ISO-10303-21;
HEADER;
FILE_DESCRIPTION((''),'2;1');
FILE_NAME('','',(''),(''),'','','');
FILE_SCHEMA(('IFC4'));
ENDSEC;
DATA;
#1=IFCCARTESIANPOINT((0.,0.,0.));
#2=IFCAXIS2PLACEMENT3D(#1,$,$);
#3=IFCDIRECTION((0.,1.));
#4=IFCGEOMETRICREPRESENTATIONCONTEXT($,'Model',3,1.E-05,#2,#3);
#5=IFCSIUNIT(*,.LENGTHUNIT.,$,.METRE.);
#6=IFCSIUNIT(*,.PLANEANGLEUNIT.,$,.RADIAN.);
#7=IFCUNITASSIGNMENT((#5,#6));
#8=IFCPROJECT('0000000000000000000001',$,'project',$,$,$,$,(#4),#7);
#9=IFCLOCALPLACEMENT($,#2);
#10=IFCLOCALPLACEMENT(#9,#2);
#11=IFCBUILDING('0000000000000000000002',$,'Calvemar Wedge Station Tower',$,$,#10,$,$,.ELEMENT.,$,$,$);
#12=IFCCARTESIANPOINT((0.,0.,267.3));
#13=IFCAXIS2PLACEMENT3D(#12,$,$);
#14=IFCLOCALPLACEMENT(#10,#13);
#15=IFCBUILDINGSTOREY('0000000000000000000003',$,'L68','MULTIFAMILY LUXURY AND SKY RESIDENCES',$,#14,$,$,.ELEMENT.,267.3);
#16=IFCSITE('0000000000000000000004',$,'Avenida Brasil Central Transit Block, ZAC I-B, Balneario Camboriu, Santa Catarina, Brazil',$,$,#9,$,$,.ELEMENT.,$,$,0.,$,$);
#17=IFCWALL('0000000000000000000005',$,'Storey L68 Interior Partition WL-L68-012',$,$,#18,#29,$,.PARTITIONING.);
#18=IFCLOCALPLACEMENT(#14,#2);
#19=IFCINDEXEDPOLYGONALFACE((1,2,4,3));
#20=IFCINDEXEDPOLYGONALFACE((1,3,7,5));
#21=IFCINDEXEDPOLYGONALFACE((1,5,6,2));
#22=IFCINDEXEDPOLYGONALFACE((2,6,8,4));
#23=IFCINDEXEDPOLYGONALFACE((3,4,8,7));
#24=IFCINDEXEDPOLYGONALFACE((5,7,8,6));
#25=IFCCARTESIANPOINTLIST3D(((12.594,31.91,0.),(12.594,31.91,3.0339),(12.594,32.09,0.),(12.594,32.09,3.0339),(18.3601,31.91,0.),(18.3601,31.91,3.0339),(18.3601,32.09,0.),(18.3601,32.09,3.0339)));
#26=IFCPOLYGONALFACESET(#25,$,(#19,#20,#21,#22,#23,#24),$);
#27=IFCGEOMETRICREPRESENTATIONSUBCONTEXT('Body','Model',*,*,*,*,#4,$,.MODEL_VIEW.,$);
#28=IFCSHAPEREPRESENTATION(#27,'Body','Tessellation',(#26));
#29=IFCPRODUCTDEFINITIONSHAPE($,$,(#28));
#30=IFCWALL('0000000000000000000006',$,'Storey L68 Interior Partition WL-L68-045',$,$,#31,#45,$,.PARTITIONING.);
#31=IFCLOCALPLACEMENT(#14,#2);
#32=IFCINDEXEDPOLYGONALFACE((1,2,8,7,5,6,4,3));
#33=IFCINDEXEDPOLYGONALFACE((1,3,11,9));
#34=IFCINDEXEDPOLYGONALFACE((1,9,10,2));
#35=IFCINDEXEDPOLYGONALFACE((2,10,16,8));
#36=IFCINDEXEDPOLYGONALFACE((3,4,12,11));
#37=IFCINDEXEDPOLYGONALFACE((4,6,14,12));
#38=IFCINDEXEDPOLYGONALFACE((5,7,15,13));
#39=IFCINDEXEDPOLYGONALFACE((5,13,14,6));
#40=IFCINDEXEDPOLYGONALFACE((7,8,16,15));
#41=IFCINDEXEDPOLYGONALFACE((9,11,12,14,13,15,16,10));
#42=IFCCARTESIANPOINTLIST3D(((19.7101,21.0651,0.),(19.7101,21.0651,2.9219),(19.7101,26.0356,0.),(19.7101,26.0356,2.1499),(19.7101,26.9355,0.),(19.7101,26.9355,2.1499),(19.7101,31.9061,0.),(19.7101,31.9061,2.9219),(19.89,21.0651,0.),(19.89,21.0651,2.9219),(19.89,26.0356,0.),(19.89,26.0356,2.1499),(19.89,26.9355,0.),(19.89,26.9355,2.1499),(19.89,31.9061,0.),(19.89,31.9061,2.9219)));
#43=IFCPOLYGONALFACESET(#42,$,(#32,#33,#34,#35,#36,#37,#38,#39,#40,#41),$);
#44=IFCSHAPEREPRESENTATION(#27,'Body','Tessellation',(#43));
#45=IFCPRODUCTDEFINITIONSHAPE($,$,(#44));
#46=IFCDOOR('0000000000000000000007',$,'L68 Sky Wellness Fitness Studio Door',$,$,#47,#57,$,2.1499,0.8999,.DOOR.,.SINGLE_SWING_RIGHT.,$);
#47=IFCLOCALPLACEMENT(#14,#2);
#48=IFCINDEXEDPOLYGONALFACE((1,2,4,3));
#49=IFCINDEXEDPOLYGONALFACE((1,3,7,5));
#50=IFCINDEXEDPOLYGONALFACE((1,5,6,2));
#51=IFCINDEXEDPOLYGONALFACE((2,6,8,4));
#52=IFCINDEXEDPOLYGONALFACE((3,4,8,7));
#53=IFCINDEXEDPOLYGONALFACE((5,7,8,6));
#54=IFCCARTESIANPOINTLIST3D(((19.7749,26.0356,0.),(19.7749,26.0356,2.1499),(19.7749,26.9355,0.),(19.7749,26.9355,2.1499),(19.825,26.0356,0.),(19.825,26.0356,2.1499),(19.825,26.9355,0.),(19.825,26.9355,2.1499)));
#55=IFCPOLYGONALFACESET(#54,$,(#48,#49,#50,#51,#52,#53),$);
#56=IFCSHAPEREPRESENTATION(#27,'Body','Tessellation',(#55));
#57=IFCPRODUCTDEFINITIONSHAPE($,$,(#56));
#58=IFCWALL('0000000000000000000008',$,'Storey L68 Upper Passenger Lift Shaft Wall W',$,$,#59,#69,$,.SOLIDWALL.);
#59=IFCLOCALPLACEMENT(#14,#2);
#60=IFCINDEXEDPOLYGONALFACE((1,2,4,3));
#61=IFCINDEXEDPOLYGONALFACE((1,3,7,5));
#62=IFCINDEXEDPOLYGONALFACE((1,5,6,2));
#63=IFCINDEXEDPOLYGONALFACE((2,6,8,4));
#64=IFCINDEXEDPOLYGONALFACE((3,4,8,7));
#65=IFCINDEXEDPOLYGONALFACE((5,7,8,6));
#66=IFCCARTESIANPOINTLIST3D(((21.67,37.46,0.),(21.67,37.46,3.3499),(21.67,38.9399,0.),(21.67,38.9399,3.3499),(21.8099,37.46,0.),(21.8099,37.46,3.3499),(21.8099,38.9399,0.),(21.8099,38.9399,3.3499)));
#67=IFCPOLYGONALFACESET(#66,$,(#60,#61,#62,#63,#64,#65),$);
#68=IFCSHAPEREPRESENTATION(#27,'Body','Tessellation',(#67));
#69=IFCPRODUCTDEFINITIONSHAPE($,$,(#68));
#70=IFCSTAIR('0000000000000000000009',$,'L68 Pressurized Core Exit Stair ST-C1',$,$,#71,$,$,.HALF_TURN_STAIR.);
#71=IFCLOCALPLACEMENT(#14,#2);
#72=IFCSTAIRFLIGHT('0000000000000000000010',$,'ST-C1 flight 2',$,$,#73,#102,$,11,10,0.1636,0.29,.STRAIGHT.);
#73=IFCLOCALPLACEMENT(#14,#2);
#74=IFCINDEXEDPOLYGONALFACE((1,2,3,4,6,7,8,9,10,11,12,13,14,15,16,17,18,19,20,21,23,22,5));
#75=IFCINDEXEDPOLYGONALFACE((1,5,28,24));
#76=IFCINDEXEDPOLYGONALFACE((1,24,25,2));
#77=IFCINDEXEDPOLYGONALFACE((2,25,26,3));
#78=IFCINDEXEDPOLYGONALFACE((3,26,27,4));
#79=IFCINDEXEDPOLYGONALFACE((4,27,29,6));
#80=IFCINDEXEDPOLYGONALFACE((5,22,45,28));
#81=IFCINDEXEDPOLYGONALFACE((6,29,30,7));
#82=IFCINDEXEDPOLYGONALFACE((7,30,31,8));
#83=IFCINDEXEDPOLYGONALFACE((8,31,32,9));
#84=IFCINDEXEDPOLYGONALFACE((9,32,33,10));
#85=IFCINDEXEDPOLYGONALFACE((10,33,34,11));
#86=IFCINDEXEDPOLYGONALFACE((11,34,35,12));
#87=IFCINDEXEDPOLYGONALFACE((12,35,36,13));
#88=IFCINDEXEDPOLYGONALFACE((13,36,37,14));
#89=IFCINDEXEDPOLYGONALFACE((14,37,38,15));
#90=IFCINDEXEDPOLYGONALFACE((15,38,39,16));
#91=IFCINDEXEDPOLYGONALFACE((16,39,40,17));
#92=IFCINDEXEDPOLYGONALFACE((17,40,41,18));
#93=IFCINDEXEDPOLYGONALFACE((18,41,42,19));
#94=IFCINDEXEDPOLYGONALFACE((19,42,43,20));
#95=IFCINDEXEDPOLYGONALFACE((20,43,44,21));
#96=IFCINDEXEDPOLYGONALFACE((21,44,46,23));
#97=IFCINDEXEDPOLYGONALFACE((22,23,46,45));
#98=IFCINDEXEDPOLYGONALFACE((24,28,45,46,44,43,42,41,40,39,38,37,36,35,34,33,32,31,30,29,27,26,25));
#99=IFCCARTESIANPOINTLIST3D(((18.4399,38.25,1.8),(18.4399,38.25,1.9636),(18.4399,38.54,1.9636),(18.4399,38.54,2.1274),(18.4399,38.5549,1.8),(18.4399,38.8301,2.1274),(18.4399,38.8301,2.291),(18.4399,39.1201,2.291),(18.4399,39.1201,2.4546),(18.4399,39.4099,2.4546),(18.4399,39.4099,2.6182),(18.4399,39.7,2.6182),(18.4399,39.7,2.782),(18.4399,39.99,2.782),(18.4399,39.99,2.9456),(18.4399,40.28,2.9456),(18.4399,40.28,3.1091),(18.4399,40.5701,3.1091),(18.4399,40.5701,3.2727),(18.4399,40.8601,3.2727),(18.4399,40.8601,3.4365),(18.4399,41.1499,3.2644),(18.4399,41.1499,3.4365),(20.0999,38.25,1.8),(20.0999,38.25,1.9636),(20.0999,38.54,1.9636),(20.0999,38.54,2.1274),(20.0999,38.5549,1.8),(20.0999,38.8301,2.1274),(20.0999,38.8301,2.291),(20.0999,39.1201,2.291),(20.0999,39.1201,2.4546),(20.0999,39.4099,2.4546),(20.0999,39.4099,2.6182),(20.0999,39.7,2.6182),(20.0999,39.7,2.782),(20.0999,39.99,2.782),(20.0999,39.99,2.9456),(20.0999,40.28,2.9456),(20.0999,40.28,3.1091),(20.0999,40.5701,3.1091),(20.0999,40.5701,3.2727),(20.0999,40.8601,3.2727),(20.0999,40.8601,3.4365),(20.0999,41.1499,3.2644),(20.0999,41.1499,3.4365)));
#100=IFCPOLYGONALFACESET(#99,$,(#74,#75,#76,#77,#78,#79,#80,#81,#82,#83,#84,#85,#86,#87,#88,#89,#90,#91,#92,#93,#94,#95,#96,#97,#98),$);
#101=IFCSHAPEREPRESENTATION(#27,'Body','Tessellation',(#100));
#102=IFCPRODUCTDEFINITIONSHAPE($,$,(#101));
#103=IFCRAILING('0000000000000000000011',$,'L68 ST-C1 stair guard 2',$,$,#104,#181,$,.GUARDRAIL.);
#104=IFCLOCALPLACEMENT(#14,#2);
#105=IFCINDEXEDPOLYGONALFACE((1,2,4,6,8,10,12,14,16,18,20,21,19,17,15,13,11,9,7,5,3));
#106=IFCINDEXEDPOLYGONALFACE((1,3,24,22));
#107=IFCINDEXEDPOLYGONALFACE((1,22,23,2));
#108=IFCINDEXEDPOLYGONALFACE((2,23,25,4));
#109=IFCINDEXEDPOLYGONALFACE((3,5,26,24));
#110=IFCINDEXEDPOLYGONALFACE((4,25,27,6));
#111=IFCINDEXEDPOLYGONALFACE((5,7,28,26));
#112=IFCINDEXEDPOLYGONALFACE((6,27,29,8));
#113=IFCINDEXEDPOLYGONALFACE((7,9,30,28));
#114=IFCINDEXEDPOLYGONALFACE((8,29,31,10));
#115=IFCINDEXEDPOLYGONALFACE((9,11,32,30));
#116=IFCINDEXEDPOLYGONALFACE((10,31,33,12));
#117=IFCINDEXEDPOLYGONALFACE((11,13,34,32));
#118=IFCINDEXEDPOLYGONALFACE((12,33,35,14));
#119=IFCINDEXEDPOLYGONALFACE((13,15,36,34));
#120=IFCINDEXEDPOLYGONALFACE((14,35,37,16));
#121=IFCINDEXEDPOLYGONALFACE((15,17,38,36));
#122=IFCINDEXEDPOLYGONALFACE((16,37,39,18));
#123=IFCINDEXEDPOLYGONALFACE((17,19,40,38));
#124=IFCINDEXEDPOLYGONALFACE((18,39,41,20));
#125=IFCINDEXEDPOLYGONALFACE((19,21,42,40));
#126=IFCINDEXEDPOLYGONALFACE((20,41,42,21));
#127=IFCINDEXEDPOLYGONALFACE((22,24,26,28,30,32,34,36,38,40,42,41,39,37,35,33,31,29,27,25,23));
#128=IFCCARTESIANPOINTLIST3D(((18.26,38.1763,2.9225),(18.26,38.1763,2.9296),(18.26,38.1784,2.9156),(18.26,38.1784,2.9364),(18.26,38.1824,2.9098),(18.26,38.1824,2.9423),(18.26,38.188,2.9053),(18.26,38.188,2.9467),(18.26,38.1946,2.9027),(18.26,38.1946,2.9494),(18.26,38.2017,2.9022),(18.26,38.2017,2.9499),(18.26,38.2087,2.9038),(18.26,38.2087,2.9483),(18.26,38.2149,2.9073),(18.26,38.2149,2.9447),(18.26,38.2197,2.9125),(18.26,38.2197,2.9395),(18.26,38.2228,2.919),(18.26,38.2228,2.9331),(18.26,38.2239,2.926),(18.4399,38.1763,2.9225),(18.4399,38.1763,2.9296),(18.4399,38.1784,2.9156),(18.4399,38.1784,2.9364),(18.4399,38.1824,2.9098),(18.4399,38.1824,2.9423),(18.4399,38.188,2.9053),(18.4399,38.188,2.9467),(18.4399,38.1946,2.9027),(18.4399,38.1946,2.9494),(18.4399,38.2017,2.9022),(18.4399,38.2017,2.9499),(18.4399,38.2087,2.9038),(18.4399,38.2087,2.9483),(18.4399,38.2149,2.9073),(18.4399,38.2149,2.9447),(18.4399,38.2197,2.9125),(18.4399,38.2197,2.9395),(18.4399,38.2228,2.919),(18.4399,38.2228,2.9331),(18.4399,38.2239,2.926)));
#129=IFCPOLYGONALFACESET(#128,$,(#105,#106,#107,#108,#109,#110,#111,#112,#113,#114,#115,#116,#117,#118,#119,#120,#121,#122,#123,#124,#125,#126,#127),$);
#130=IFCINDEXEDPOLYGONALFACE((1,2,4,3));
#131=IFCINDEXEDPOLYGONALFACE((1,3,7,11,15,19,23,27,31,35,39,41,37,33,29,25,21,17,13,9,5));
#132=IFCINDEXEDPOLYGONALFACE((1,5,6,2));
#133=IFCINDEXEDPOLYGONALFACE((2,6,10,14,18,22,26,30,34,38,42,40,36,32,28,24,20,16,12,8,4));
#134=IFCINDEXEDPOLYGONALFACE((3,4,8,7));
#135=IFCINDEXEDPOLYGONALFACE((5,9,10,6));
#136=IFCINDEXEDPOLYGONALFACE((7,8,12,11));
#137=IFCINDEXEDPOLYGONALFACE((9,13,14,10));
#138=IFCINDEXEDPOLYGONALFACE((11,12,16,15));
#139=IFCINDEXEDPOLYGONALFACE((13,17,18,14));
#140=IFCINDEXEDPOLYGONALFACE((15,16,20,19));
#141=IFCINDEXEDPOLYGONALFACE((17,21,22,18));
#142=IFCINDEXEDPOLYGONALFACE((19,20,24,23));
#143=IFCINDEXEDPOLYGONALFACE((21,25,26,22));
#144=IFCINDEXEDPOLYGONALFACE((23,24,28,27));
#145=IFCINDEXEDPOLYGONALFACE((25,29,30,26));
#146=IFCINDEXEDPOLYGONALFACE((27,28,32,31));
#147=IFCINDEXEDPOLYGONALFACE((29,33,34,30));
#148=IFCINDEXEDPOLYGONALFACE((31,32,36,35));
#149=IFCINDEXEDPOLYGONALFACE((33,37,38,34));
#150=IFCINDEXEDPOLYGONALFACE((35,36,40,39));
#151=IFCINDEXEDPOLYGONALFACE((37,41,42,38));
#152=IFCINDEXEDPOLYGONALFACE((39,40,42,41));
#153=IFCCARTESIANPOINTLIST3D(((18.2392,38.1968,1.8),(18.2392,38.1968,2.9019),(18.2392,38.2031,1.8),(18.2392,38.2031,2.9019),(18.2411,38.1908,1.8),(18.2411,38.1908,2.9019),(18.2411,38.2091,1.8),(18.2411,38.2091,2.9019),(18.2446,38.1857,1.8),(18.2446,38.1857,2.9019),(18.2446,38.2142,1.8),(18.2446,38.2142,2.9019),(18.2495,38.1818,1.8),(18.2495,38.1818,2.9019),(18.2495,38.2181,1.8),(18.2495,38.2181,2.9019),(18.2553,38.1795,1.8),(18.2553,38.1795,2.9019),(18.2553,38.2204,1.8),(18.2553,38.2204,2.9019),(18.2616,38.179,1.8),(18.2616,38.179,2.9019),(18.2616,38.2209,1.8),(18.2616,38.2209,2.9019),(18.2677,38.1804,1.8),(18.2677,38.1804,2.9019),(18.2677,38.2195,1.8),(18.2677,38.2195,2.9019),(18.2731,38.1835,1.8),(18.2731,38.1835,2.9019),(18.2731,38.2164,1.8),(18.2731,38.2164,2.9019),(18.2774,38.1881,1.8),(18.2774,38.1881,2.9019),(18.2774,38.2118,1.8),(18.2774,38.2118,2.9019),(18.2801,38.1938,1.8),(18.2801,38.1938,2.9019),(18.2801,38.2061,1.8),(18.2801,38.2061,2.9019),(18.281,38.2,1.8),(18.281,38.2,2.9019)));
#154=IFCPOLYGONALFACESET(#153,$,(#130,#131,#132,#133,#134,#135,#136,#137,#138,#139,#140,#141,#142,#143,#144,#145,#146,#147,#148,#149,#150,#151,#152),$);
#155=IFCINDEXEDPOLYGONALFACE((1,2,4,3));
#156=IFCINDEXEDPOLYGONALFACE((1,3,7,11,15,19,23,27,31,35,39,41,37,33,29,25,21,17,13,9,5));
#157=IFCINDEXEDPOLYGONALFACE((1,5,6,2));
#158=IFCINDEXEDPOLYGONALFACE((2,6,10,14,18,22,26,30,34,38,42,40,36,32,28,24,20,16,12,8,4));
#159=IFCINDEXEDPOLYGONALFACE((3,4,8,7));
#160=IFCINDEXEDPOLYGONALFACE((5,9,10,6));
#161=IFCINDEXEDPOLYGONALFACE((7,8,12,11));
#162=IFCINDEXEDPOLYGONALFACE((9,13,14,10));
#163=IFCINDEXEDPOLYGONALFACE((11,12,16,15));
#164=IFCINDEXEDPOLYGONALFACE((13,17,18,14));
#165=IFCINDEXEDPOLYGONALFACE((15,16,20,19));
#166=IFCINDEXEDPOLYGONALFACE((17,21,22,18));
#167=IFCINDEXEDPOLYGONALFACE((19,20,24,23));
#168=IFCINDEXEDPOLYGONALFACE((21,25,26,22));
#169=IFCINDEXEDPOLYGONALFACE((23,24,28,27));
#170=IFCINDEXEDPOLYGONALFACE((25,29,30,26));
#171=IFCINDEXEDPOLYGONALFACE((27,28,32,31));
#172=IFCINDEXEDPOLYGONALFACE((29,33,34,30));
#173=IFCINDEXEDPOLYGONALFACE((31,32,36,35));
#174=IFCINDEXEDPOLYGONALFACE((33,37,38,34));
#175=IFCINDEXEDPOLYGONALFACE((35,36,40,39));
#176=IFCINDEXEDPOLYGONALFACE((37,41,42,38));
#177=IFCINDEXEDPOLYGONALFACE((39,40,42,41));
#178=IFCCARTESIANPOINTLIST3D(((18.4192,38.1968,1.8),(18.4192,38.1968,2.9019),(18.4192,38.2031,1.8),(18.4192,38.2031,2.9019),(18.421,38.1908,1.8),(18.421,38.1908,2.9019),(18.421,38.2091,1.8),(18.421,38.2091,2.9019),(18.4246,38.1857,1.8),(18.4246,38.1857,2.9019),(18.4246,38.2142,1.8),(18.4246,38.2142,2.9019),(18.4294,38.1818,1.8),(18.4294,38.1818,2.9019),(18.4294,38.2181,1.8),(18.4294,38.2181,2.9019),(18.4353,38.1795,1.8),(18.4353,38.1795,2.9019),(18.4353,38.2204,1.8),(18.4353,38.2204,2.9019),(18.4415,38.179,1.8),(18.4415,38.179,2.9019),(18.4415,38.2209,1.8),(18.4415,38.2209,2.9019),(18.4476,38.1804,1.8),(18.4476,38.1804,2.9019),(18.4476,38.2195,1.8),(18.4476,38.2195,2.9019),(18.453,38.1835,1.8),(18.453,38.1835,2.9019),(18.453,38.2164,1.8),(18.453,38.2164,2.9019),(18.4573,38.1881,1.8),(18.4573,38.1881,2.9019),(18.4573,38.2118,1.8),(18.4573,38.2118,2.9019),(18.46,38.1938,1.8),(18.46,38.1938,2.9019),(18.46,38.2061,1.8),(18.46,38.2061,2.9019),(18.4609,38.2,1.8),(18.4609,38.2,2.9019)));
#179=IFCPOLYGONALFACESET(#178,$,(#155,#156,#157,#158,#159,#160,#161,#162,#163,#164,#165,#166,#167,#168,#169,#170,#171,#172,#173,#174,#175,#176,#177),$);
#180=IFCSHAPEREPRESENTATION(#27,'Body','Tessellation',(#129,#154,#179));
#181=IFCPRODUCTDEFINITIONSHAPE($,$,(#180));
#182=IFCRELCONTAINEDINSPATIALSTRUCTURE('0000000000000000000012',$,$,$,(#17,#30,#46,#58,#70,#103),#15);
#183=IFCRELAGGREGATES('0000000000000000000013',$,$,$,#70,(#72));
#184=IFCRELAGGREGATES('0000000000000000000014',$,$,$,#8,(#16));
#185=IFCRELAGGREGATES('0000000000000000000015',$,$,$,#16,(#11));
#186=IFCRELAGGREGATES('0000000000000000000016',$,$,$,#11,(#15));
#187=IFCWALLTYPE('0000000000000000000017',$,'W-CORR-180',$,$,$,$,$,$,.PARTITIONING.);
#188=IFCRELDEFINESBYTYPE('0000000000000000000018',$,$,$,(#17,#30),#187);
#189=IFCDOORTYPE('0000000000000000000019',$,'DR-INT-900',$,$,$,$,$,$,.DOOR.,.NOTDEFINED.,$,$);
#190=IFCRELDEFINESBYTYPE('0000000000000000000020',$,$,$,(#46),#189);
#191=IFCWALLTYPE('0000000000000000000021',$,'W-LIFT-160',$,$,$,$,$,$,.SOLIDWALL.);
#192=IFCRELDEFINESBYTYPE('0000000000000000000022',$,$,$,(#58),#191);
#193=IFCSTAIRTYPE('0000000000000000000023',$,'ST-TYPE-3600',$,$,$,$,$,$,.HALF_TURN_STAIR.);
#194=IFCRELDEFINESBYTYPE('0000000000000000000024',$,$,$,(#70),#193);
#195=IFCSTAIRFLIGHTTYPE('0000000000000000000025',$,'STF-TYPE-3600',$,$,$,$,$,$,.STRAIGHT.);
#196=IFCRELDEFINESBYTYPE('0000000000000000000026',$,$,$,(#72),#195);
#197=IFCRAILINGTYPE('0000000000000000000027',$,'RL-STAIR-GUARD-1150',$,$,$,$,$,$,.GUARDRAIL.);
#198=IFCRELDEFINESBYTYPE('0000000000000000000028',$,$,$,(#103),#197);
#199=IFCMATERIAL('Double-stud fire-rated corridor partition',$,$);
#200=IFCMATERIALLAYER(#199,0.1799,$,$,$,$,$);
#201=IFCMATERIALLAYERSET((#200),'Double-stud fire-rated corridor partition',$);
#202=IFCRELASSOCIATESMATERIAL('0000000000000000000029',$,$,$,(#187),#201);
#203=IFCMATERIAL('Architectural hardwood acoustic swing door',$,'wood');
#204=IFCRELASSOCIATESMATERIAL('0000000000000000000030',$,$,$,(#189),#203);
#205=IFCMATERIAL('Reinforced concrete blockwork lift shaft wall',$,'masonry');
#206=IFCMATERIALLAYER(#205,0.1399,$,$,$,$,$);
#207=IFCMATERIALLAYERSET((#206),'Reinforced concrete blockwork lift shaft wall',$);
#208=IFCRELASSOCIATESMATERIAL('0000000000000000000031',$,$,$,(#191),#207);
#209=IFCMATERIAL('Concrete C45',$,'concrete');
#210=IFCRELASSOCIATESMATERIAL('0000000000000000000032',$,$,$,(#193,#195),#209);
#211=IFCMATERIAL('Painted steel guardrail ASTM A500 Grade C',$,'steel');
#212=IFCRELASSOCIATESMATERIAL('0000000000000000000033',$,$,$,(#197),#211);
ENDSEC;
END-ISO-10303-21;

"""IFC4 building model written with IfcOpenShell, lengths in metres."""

from ifc_helpers import new_model, si_unit, direction, frame, frame_2d, origin, origin_2d, place, context, subcontext, project, spatial, polyline, rectangle, circle, outline, extrude, source, transform, mapped, material, layer, layer_set, type_object, element, fill, aggregate, save


model = new_model("IFC4")

# Units and contexts
model_context = context("Model", 3, precision=1e-05, world=origin(), true_north=direction((0.0, 1.0)))
body_context = subcontext(model_context, "Body", "Model", "MODEL_VIEW")
ifc_project = project(units=[si_unit("LENGTHUNIT", "METRE"), si_unit("PLANEANGLEUNIT", "RADIAN")], contexts=[model_context])

# Site, building, storey
site_placement = place(None, origin())
site = spatial("IfcSite", under=ifc_project, at=site_placement, Name="Avenida Brasil Central Transit Block, ZAC I-B, Balneario Camboriu, Santa Catarina, Brazil", CompositionType="ELEMENT", RefElevation=0.0)
building_placement = place(site_placement, origin())
building = spatial("IfcBuilding", under=site, at=building_placement, Name="Calvemar Wedge Station Tower", CompositionType="ELEMENT")
storey_placement = place(building_placement, frame((0.0, 0.0, 267.3)))
storey = spatial("IfcBuildingStorey", under=building, at=storey_placement, Name="L68", Description="MULTIFAMILY LUXURY AND SKY RESIDENCES", CompositionType="ELEMENT", Elevation=267.3)

# Shared definitions
ifc_material_1 = material(Name="Double-stud fire-rated corridor partition")
ifc_layer_1 = layer(ifc_material_1, 0.1799)
ifc_layer_set_1 = layer_set([ifc_layer_1], Name="Double-stud fire-rated corridor partition")
wall_type_1 = type_object("IfcWallType", Name="W-CORR-180", PredefinedType="PARTITIONING", material=ifc_layer_set_1)

# Shared definitions
shared_shape_1 = source(origin(), body_context, "Body", "SweptSolid", [
    extrude(rectangle(XDim=0.8999, YDim=2.1499, at=frame_2d((0.45, 1.075))), frame((0.0, 0.1001, 0.0), z_axis=(0.0, -1.0, 0.0), x_axis=(1.0, 0.0, 0.0)), (0.0, 0.0, 1.0), 0.2),
])

# Wall
wall_1_placement = place(storey_placement, frame((18.3601, 32.0, 0.0), z_axis=(0.0, 0.0, 1.0), x_axis=(-1.0, 0.0, 0.0)))
element("IfcWall", 1, at=wall_1_placement, inside=storey, type_object=wall_type_1, Name="Storey L68 Interior Partition WL-L68-012", PredefinedType="PARTITIONING", context=body_context, shape_type="SweptSolid", body=[
    extrude(rectangle(XDim=5.7661, YDim=0.1799, at=frame_2d((2.8831, 0.0))), origin(), (0.0, 0.0, 1.0), 3.0339),
])

# Wall, opening, door
wall_2_placement = place(storey_placement, frame((19.8, 31.906, 0.0), z_axis=(0.0, 0.0, 1.0), x_axis=(0.0, -1.0, 0.0)))
wall_2 = element("IfcWall", 2, at=wall_2_placement, inside=storey, type_object=wall_type_1, Name="Storey L68 Interior Partition WL-L68-045", PredefinedType="PARTITIONING", context=body_context, shape_type="SweptSolid", body=[
    extrude(rectangle(XDim=10.8411, YDim=0.1799, at=frame_2d((5.4204, 0.0))), origin(), (0.0, 0.0, 1.0), 2.9219),
])
opening_1_placement = place(wall_2_placement, frame((4.9705, 0.0, 0.0)))
opening_1 = element("IfcOpeningElement", 3, at=opening_1_placement, cuts=wall_2, PredefinedType="OPENING", context=body_context, shape_type="MappedRepresentation", body=[
    mapped(shared_shape_1, transform((0.0, 0.0, 0.0), scale=1.0)),
])
ifc_material_2 = material(Name="Architectural hardwood acoustic swing door", Category="wood")
door_type_1 = type_object("IfcDoorType", Name="DR-INT-900", OperationType="NOTDEFINED", PredefinedType="DOOR", material=ifc_material_2)
shared_shape_2 = source(origin(), body_context, "Body", "SweptSolid", [
    extrude(rectangle(XDim=0.8999, YDim=2.1499, at=frame_2d((0.45, 1.075))), frame((0.0, 0.0249, 0.0), z_axis=(0.0, -1.0, 0.0), x_axis=(1.0, 0.0, 0.0)), (0.0, 0.0, 1.0), 0.05),
])
door_1_placement = place(opening_1_placement, origin())
door_1 = element("IfcDoor", 4, at=door_1_placement, inside=storey, type_object=door_type_1, Name="L68 Sky Wellness Fitness Studio Door", OperationType="SINGLE_SWING_RIGHT", OverallHeight=2.1499, OverallWidth=0.8999, PredefinedType="DOOR", context=body_context, shape_type="MappedRepresentation", body=[
    mapped(shared_shape_2, transform((0.0, 0.0, 0.0), scale=1.0)),
])
fill(opening_1, door_1)

# Shared definitions
ifc_material_3 = material(Name="Reinforced concrete blockwork lift shaft wall", Category="masonry")
ifc_layer_2 = layer(ifc_material_3, 0.1399)
ifc_layer_set_2 = layer_set([ifc_layer_2], Name="Reinforced concrete blockwork lift shaft wall")
wall_type_2 = type_object("IfcWallType", Name="W-LIFT-160", PredefinedType="SOLIDWALL", material=ifc_layer_set_2)

# Wall
wall_3_placement = place(storey_placement, frame((21.74, 37.46, 0.0), z_axis=(0.0, 0.0, 1.0), x_axis=(0.0, 1.0, 0.0)))
element("IfcWall", 5, at=wall_3_placement, inside=storey, type_object=wall_type_2, Name="Storey L68 Upper Passenger Lift Shaft Wall W", PredefinedType="SOLIDWALL", context=body_context, shape_type="SweptSolid", body=[
    extrude(rectangle(XDim=1.48, YDim=0.1399, at=frame_2d((0.74, 0.0))), origin(), (0.0, 0.0, 1.0), 3.3499),
])

# Stair, stair flight
ifc_material_4 = material(Name="Concrete C45", Category="concrete")
stair_type = type_object("IfcStairType", Name="ST-TYPE-3600", PredefinedType="HALF_TURN_STAIR", material=ifc_material_4)
stair_placement = place(storey_placement, origin())
stair = element("IfcStair", 6, at=stair_placement, inside=storey, type_object=stair_type, Name="L68 Pressurized Core Exit Stair ST-C1", PredefinedType="HALF_TURN_STAIR")
stair_flight_type = type_object("IfcStairFlightType", Name="STF-TYPE-3600", PredefinedType="STRAIGHT", material=ifc_material_4)
stair_flight_placement = place(storey_placement, frame((19.27, 38.25, 1.8), z_axis=(0.0, 0.0, 1.0), x_axis=(0.0, 1.0, 0.0)))
stair_flight = element("IfcStairFlight", 7, at=stair_flight_placement, type_object=stair_flight_type, Name="ST-C1 flight 2", NumberOfRisers=11, NumberOfTreads=10, PredefinedType="STRAIGHT", RiserHeight=0.1636, TreadLength=0.29, context=body_context, shape_type="SweptSolid", body=[
    extrude(outline(polyline([(0.0, 0.0), (0.0, 0.1636), (0.29, 0.1636), (0.29, 0.3274), (0.5801, 0.3274), (0.5801, 0.491), (0.8701, 0.491), (0.8701, 0.6545), (1.1599, 0.6545), (1.1599, 0.8181), (1.45, 0.8181), (1.45, 0.9819), (1.74, 0.9819), (1.74, 1.1455), (2.03, 1.1455), (2.03, 1.3091), (2.3201, 1.3091), (2.3201, 1.4727), (2.6101, 1.4727), (2.6101, 1.6365), (2.8999, 1.6365), (2.8999, 1.8), (2.8999, 1.4644), (0.3049, 0.0), (0.0, 0.0)])), frame((0.0, 0.8301, 0.0), z_axis=(0.0, -1.0, 0.0), x_axis=(1.0, 0.0, 0.0)), (0.0, 0.0, 1.0), 1.6599),
])
aggregate(stair, [stair_flight])

# Railing
ifc_material_5 = material(Name="Painted steel guardrail ASTM A500 Grade C", Category="steel")
railing_type = type_object("IfcRailingType", Name="RL-STAIR-GUARD-1150", PredefinedType="GUARDRAIL", material=ifc_material_5)
railing_placement = place(storey_placement, frame((18.26, 38.2, 1.8)))
element("IfcRailing", 8, at=railing_placement, inside=storey, type_object=railing_type, Name="L68 ST-C1 stair guard 2", PredefinedType="GUARDRAIL", context=body_context, shape_type="SweptSolid", body=[
    extrude(circle(Radius=0.0239, at=origin_2d()), frame((0.0, 0.0, 1.126), z_axis=(1.0, 0.0, 0.0), x_axis=(0.0, 1.0, 0.0)), (0.0, 0.0, 1.0), 0.1799),
    extrude(circle(Radius=0.021, at=origin_2d()), origin(), (0.0, 0.0, 1.0), 1.1018),
    extrude(circle(Radius=0.021, at=origin_2d()), frame((0.1799, 0.0, 0.0)), (0.0, 0.0, 1.0), 1.1018),
])

save(model, "model.ifc")
